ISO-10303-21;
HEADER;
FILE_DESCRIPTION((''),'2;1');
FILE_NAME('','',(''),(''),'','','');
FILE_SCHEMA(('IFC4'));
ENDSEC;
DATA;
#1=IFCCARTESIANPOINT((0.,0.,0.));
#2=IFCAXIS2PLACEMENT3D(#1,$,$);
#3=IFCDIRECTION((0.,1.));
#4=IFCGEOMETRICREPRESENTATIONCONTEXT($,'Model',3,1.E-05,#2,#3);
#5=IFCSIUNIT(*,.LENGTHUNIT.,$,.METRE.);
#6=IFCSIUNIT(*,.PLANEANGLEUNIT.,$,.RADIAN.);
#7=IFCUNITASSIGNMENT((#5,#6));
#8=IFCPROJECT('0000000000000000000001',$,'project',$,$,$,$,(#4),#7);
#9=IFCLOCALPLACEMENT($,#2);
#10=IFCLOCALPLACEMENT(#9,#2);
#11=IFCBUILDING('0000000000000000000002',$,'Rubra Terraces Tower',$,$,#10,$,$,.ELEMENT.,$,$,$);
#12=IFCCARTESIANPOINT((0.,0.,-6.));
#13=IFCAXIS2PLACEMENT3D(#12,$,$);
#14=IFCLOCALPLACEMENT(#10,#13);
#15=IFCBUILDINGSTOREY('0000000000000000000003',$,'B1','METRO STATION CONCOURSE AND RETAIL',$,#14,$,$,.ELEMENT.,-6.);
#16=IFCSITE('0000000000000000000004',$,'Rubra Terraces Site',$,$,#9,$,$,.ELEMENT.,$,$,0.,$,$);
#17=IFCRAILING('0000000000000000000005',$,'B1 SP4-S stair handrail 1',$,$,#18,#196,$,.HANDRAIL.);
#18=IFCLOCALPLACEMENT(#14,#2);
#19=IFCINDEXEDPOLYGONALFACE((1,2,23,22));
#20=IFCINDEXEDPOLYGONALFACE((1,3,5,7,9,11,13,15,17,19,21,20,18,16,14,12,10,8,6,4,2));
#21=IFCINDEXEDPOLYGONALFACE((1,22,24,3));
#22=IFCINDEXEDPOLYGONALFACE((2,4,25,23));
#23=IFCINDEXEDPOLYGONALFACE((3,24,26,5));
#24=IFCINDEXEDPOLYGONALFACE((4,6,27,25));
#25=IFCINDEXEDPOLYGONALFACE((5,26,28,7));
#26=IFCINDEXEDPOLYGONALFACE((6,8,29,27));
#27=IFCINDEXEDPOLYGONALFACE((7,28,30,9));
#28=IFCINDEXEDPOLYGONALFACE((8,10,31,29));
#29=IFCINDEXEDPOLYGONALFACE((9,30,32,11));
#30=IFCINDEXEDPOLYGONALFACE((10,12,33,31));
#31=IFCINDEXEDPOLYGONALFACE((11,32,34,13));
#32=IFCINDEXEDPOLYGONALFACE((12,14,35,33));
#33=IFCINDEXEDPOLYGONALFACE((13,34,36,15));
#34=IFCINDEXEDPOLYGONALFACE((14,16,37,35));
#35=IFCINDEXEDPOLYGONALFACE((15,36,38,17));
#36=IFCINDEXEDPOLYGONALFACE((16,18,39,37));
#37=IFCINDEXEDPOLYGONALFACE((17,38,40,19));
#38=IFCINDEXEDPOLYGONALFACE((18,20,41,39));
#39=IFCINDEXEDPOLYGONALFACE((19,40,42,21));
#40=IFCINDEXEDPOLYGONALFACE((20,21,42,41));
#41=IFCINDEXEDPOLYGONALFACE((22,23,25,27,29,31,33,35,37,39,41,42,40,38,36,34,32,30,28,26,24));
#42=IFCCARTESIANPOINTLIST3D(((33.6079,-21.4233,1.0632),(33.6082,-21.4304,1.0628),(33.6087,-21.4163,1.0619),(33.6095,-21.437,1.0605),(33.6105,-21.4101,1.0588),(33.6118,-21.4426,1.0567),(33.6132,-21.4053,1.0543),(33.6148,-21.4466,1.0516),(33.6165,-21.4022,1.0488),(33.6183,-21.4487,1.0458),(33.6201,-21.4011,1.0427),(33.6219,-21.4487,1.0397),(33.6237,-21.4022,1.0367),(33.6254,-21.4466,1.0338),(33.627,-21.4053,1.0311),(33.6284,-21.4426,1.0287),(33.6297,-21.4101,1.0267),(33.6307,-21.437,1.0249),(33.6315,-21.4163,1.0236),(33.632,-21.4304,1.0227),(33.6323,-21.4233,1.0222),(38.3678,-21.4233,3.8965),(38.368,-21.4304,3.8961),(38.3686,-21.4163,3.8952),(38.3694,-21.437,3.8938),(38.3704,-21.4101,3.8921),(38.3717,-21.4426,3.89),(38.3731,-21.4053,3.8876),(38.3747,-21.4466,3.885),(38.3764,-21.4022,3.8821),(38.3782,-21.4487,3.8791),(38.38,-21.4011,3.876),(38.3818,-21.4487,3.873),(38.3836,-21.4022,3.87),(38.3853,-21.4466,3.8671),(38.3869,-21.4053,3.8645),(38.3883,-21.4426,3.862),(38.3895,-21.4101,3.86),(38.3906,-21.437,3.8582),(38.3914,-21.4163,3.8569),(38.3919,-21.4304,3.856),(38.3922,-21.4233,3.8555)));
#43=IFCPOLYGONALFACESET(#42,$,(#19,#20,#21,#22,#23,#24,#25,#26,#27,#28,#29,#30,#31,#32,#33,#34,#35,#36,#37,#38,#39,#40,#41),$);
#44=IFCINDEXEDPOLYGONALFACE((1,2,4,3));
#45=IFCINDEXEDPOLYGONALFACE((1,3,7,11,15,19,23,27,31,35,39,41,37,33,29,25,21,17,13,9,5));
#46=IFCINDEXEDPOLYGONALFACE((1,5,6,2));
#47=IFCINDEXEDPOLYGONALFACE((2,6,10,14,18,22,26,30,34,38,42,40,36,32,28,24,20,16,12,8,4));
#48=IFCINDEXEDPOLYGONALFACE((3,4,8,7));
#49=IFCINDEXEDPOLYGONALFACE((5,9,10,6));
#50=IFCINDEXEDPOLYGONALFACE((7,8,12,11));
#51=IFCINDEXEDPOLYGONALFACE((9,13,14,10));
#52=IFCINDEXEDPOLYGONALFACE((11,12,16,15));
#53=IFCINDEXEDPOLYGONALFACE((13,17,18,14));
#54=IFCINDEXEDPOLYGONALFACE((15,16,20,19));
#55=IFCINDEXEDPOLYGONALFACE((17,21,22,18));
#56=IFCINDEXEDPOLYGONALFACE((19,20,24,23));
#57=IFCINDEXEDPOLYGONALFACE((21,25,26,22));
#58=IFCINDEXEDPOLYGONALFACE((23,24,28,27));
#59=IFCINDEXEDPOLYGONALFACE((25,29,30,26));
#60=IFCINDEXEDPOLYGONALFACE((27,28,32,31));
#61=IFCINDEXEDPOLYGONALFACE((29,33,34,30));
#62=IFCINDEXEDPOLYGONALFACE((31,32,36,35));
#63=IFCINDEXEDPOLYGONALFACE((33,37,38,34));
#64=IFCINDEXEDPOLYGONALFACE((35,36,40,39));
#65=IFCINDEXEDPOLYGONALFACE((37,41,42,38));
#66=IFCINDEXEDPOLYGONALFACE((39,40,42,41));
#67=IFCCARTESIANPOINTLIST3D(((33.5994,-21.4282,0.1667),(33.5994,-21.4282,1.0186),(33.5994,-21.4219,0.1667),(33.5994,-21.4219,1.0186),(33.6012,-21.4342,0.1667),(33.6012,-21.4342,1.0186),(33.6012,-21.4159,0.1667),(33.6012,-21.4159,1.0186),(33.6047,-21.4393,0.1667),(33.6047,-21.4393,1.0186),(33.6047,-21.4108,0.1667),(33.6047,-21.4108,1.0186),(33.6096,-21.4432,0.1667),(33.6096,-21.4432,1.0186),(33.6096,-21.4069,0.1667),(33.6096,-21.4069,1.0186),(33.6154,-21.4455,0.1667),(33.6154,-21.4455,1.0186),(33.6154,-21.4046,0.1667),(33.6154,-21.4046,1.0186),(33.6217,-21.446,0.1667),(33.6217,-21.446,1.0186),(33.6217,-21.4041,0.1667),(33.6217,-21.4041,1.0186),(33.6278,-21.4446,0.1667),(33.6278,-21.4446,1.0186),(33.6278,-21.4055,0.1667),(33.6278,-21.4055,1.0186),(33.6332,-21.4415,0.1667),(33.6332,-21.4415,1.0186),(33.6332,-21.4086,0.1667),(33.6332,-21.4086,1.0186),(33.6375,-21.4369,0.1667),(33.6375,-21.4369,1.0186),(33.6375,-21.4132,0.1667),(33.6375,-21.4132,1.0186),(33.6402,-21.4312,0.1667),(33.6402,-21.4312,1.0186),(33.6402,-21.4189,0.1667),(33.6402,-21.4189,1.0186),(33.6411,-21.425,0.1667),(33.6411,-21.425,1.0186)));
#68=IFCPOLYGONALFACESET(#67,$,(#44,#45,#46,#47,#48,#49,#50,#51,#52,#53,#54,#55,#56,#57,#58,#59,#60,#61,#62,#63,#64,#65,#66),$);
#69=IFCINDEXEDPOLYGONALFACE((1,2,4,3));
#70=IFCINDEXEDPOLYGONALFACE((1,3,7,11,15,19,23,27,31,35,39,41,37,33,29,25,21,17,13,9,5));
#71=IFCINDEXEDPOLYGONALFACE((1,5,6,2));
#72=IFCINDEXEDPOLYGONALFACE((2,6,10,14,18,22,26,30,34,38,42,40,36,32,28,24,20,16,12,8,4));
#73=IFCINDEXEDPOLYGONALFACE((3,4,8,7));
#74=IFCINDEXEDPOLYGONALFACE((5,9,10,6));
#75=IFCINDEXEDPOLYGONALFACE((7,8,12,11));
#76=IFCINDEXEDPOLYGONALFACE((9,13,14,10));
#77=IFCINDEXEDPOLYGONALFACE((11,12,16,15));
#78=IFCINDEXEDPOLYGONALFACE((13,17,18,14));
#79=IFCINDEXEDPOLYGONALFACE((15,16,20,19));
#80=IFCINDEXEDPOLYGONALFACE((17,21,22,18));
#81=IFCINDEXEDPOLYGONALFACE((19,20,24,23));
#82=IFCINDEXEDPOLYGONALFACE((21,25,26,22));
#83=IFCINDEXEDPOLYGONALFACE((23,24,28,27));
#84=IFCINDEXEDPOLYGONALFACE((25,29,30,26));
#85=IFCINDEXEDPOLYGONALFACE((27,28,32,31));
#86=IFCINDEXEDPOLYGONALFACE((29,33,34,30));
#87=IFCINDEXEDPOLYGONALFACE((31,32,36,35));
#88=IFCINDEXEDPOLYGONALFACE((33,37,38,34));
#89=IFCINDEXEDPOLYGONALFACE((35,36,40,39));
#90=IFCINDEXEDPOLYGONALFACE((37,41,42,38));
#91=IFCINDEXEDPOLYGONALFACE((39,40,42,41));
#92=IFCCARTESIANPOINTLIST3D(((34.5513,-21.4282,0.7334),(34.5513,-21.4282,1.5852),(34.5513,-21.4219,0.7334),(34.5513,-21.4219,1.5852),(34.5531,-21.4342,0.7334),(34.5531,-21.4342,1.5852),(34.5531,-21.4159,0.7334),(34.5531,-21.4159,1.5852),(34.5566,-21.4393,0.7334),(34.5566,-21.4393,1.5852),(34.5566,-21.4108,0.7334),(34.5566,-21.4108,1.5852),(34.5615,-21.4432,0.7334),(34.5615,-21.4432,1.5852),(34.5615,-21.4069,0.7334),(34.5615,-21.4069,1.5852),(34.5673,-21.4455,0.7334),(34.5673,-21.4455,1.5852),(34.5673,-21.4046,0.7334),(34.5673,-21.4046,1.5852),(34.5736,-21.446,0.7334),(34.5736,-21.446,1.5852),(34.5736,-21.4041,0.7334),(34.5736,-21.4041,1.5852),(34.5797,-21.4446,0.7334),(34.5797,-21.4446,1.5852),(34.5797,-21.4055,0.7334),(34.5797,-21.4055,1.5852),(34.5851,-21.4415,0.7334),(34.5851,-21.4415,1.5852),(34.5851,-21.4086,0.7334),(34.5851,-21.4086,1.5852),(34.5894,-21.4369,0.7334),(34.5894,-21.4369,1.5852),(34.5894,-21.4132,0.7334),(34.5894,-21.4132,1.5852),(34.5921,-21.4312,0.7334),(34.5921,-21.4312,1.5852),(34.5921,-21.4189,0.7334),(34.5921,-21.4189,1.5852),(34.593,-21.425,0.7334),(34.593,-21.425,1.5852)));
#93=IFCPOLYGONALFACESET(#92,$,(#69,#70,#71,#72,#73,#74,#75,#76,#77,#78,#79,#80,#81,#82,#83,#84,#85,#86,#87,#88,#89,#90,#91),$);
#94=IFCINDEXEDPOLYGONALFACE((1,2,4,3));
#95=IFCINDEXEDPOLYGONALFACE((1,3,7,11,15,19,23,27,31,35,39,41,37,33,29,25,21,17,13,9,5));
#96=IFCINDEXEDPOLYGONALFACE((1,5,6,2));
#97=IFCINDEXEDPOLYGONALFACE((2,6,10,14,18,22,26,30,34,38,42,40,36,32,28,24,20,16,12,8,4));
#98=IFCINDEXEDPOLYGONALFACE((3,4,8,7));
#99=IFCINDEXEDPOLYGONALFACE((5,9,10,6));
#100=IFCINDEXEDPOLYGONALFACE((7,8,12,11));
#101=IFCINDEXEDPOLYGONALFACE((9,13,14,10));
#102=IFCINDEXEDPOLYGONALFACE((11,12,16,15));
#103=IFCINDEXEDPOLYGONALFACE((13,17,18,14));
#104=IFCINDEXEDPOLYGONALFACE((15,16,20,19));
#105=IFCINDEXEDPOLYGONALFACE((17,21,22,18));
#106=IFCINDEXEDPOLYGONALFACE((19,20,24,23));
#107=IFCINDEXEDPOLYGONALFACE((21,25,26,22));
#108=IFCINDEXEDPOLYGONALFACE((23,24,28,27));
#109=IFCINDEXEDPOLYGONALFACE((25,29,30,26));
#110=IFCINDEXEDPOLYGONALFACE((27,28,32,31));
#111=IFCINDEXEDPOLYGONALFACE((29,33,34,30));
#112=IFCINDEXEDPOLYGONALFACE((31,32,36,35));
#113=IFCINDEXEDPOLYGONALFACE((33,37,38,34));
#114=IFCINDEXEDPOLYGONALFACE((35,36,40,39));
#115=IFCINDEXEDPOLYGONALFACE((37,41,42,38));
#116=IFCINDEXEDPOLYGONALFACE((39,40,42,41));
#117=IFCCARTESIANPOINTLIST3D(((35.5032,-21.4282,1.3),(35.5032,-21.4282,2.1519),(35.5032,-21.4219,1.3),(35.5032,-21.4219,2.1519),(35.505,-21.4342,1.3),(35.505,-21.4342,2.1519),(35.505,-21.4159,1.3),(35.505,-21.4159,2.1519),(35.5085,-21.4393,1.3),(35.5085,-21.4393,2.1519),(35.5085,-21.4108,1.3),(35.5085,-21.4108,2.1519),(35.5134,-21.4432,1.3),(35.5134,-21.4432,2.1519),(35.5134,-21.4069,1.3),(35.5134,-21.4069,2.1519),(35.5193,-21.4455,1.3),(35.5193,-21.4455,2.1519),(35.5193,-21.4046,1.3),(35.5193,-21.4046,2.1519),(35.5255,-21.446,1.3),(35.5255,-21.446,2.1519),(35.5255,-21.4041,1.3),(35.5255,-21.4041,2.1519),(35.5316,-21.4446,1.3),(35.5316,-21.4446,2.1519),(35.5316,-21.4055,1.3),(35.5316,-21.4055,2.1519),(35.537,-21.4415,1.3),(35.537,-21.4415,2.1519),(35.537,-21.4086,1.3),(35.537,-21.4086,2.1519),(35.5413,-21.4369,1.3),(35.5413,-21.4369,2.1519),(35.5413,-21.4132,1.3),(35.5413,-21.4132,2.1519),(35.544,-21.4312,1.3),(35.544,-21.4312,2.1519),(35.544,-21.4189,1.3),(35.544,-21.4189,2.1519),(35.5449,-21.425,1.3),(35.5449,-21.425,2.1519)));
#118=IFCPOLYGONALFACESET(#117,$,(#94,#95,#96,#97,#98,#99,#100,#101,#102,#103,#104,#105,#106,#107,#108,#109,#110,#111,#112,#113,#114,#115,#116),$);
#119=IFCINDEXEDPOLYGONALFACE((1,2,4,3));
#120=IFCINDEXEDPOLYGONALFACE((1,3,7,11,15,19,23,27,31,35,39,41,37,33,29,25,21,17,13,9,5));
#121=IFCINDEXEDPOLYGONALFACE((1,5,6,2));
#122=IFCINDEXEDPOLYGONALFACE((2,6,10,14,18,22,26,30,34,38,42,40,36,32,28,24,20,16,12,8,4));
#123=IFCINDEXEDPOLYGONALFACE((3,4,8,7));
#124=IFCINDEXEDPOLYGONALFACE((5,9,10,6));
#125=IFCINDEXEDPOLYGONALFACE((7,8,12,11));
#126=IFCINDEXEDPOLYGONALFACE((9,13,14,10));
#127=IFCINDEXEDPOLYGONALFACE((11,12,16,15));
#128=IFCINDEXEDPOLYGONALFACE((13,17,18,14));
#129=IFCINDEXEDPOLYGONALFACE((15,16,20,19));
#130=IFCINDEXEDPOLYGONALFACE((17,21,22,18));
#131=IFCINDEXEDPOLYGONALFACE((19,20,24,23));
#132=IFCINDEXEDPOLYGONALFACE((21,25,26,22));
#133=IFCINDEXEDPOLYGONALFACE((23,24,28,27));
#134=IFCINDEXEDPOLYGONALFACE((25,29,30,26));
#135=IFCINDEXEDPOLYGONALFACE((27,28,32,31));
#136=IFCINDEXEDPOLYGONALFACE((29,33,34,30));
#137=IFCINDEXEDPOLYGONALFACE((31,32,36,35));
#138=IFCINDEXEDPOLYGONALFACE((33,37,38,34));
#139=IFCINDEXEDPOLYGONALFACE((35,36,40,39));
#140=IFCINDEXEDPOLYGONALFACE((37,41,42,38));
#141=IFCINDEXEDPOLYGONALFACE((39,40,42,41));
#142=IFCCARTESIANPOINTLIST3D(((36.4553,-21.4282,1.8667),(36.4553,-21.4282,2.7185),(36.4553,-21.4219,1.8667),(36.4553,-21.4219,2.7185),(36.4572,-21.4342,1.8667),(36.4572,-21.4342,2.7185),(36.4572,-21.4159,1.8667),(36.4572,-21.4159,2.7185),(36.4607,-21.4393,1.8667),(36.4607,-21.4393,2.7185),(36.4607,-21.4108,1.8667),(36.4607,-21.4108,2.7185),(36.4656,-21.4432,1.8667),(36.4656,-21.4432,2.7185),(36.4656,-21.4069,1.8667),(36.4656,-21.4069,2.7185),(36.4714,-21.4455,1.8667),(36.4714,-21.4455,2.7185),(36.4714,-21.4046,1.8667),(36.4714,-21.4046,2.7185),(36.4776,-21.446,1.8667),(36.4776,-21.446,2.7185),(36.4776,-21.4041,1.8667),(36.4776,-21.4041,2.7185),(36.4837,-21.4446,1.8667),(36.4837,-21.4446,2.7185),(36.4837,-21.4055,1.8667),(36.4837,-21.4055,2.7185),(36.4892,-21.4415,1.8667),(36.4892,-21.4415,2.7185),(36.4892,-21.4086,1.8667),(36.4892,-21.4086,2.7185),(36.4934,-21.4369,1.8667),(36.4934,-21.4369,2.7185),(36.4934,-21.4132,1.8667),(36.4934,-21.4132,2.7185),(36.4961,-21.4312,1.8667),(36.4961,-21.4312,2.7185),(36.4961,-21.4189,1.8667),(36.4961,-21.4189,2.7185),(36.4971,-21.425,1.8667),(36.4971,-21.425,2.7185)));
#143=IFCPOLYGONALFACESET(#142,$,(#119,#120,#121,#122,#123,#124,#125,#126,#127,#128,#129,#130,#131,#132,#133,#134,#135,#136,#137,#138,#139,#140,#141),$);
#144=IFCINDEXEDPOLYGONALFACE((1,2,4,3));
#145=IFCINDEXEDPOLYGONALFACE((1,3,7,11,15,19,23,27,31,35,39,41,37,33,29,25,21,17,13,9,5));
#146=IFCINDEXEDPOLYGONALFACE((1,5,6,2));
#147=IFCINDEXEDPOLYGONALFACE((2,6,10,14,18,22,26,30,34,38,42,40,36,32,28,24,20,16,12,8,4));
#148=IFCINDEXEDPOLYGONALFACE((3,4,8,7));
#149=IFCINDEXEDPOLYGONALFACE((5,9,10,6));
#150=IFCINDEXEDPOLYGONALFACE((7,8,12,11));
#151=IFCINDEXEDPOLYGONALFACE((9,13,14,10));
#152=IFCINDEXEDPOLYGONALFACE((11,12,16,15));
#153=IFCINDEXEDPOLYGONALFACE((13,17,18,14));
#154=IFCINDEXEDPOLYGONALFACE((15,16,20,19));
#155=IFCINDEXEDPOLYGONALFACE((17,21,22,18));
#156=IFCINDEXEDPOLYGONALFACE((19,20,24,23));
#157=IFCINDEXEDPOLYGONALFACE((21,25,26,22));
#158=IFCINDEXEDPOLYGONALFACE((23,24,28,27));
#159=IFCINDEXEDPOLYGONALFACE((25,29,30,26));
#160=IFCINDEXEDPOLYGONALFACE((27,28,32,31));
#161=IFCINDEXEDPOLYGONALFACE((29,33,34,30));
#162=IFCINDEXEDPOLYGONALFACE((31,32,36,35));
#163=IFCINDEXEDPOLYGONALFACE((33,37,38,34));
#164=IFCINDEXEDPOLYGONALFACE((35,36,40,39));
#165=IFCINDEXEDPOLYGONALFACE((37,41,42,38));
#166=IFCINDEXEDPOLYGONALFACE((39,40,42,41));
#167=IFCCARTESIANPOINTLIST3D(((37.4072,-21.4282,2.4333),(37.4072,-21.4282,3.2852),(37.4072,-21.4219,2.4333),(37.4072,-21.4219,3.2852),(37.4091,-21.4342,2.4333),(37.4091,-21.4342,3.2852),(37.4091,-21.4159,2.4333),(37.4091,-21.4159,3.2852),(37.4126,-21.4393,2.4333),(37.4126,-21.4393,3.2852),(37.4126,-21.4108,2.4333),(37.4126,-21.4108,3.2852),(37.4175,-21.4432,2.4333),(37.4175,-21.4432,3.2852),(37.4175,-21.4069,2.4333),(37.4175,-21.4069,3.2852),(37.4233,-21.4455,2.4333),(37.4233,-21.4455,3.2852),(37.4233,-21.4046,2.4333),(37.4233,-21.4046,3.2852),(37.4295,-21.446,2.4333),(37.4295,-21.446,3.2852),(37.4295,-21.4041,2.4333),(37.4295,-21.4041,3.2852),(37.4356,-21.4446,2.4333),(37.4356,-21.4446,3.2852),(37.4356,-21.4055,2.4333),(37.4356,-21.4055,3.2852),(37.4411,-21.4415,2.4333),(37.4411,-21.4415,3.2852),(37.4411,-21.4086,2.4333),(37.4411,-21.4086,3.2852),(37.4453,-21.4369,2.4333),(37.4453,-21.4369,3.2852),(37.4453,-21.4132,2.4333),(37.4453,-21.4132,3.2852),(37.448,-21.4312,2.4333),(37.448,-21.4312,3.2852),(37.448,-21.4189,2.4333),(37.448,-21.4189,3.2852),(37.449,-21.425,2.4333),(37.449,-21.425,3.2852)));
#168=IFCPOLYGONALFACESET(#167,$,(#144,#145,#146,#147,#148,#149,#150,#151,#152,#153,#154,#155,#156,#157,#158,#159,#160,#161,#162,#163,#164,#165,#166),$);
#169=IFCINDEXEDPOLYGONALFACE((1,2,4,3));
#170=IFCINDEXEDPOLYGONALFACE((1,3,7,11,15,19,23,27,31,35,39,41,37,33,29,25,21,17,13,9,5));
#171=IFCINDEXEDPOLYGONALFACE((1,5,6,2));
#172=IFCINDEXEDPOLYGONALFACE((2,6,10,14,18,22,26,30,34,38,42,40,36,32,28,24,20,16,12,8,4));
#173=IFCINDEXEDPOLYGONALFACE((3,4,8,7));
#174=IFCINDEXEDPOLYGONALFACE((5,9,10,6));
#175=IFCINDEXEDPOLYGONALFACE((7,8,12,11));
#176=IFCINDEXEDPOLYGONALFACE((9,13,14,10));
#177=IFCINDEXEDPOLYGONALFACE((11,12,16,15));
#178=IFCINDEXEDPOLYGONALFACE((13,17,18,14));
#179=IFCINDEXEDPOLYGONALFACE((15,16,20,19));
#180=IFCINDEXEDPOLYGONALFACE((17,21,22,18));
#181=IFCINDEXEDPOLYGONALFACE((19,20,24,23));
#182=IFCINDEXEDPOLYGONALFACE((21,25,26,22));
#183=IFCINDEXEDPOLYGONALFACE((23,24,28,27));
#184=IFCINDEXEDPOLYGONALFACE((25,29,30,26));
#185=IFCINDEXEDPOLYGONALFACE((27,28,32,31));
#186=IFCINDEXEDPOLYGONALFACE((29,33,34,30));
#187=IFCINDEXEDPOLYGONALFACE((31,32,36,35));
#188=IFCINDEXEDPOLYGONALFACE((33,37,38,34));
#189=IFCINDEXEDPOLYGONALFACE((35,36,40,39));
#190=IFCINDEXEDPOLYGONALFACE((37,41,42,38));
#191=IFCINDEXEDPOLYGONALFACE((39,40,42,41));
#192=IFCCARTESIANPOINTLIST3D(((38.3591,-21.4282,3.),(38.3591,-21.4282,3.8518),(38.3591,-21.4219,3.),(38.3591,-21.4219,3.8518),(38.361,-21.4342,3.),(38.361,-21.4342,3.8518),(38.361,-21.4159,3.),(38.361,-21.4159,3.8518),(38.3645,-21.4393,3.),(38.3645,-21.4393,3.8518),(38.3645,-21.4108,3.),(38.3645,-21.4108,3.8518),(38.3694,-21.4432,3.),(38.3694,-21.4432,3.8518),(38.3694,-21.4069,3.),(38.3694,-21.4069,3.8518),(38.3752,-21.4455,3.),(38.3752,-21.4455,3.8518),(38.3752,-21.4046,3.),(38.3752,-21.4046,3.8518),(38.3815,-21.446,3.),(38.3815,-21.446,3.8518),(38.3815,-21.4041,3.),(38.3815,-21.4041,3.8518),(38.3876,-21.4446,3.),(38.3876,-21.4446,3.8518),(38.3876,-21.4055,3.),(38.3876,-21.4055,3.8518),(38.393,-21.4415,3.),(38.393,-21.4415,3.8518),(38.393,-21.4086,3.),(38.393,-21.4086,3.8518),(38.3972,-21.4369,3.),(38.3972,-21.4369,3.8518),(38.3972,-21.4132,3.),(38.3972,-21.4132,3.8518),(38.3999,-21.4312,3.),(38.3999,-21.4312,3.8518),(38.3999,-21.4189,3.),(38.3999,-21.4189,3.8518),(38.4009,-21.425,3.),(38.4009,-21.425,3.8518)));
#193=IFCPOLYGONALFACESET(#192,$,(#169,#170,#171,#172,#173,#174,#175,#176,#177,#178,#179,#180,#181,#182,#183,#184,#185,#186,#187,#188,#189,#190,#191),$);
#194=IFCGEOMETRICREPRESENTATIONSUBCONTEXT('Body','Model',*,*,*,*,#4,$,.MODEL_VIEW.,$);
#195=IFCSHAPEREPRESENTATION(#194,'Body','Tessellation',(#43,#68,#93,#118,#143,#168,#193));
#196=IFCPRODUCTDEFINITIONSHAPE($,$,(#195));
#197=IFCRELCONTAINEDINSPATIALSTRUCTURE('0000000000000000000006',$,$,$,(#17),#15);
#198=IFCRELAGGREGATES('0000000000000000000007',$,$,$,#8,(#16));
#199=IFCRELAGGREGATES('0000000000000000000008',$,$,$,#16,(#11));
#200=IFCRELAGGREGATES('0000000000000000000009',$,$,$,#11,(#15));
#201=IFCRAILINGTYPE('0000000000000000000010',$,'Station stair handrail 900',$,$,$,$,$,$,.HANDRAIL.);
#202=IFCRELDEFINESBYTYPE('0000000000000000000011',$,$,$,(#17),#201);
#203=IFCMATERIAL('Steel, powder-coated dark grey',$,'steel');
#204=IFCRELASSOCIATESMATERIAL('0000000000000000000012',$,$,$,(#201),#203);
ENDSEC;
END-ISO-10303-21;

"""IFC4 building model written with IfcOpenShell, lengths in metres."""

from ifc_helpers import new_model, si_unit, direction, frame, origin, origin_2d, place, context, subcontext, project, spatial, circle, extrude, material, type_object, element, save


model = new_model("IFC4")

# Units and contexts
model_context = context("Model", 3, precision=1e-05, world=origin(), true_north=direction((0.0, 1.0)))
body_context = subcontext(model_context, "Body", "Model", "MODEL_VIEW")
ifc_project = project(units=[si_unit("LENGTHUNIT", "METRE"), si_unit("PLANEANGLEUNIT", "RADIAN")], contexts=[model_context])

# Site, building, storey
site_placement = place(None, origin())
site = spatial("IfcSite", under=ifc_project, at=site_placement, Name="Rubra Terraces Site", CompositionType="ELEMENT", RefElevation=0.0)
building_placement = place(site_placement, origin())
building = spatial("IfcBuilding", under=site, at=building_placement, Name="Rubra Terraces Tower", CompositionType="ELEMENT")
storey_placement = place(building_placement, frame((0.0, 0.0, -6.0)))
storey = spatial("IfcBuildingStorey", under=building, at=storey_placement, Name="B1", Description="METRO STATION CONCOURSE AND RETAIL", CompositionType="ELEMENT", Elevation=-6.0)

# Railing
ifc_material_1 = material(Name="Steel, powder-coated dark grey", Category="steel")
railing_type_1 = type_object("IfcRailingType", Name="Station stair handrail 900", PredefinedType="HANDRAIL", material=ifc_material_1)
railing_1_placement = place(storey_placement, frame((33.6201, -21.425, 0.1667)))
element("IfcRailing", 1, at=railing_1_placement, inside=storey, type_object=railing_type_1, Name="B1 SP4-S stair handrail 1", PredefinedType="HANDRAIL", context=body_context, shape_type="SweptSolid", body=[
    extrude(circle(Radius=0.0239, at=origin_2d()), frame((0.0, 0.0, 0.876), z_axis=(0.859288, 0.0, 0.511492), x_axis=(0.0, 1.0, 0.0)), (0.0, 0.0, 1.0), 5.5393),
    extrude(circle(Radius=0.021, at=origin_2d()), origin(), (0.0, 0.0, 1.0), 0.8518),
    extrude(circle(Radius=0.021, at=origin_2d()), frame((0.9519, 0.0, 0.5667)), (0.0, 0.0, 1.0), 0.8518),
    extrude(circle(Radius=0.021, at=origin_2d()), frame((1.9038, 0.0, 1.1333)), (0.0, 0.0, 1.0), 0.8518),
    extrude(circle(Radius=0.021, at=origin_2d()), frame((2.856, 0.0, 1.7)), (0.0, 0.0, 1.0), 0.8518),
    extrude(circle(Radius=0.021, at=origin_2d()), frame((3.8079, 0.0, 2.2666)), (0.0, 0.0, 1.0), 0.8518),
    extrude(circle(Radius=0.021, at=origin_2d()), frame((4.7598, 0.0, 2.8333)), (0.0, 0.0, 1.0), 0.8518),
])

save(model, "model.ifc")
